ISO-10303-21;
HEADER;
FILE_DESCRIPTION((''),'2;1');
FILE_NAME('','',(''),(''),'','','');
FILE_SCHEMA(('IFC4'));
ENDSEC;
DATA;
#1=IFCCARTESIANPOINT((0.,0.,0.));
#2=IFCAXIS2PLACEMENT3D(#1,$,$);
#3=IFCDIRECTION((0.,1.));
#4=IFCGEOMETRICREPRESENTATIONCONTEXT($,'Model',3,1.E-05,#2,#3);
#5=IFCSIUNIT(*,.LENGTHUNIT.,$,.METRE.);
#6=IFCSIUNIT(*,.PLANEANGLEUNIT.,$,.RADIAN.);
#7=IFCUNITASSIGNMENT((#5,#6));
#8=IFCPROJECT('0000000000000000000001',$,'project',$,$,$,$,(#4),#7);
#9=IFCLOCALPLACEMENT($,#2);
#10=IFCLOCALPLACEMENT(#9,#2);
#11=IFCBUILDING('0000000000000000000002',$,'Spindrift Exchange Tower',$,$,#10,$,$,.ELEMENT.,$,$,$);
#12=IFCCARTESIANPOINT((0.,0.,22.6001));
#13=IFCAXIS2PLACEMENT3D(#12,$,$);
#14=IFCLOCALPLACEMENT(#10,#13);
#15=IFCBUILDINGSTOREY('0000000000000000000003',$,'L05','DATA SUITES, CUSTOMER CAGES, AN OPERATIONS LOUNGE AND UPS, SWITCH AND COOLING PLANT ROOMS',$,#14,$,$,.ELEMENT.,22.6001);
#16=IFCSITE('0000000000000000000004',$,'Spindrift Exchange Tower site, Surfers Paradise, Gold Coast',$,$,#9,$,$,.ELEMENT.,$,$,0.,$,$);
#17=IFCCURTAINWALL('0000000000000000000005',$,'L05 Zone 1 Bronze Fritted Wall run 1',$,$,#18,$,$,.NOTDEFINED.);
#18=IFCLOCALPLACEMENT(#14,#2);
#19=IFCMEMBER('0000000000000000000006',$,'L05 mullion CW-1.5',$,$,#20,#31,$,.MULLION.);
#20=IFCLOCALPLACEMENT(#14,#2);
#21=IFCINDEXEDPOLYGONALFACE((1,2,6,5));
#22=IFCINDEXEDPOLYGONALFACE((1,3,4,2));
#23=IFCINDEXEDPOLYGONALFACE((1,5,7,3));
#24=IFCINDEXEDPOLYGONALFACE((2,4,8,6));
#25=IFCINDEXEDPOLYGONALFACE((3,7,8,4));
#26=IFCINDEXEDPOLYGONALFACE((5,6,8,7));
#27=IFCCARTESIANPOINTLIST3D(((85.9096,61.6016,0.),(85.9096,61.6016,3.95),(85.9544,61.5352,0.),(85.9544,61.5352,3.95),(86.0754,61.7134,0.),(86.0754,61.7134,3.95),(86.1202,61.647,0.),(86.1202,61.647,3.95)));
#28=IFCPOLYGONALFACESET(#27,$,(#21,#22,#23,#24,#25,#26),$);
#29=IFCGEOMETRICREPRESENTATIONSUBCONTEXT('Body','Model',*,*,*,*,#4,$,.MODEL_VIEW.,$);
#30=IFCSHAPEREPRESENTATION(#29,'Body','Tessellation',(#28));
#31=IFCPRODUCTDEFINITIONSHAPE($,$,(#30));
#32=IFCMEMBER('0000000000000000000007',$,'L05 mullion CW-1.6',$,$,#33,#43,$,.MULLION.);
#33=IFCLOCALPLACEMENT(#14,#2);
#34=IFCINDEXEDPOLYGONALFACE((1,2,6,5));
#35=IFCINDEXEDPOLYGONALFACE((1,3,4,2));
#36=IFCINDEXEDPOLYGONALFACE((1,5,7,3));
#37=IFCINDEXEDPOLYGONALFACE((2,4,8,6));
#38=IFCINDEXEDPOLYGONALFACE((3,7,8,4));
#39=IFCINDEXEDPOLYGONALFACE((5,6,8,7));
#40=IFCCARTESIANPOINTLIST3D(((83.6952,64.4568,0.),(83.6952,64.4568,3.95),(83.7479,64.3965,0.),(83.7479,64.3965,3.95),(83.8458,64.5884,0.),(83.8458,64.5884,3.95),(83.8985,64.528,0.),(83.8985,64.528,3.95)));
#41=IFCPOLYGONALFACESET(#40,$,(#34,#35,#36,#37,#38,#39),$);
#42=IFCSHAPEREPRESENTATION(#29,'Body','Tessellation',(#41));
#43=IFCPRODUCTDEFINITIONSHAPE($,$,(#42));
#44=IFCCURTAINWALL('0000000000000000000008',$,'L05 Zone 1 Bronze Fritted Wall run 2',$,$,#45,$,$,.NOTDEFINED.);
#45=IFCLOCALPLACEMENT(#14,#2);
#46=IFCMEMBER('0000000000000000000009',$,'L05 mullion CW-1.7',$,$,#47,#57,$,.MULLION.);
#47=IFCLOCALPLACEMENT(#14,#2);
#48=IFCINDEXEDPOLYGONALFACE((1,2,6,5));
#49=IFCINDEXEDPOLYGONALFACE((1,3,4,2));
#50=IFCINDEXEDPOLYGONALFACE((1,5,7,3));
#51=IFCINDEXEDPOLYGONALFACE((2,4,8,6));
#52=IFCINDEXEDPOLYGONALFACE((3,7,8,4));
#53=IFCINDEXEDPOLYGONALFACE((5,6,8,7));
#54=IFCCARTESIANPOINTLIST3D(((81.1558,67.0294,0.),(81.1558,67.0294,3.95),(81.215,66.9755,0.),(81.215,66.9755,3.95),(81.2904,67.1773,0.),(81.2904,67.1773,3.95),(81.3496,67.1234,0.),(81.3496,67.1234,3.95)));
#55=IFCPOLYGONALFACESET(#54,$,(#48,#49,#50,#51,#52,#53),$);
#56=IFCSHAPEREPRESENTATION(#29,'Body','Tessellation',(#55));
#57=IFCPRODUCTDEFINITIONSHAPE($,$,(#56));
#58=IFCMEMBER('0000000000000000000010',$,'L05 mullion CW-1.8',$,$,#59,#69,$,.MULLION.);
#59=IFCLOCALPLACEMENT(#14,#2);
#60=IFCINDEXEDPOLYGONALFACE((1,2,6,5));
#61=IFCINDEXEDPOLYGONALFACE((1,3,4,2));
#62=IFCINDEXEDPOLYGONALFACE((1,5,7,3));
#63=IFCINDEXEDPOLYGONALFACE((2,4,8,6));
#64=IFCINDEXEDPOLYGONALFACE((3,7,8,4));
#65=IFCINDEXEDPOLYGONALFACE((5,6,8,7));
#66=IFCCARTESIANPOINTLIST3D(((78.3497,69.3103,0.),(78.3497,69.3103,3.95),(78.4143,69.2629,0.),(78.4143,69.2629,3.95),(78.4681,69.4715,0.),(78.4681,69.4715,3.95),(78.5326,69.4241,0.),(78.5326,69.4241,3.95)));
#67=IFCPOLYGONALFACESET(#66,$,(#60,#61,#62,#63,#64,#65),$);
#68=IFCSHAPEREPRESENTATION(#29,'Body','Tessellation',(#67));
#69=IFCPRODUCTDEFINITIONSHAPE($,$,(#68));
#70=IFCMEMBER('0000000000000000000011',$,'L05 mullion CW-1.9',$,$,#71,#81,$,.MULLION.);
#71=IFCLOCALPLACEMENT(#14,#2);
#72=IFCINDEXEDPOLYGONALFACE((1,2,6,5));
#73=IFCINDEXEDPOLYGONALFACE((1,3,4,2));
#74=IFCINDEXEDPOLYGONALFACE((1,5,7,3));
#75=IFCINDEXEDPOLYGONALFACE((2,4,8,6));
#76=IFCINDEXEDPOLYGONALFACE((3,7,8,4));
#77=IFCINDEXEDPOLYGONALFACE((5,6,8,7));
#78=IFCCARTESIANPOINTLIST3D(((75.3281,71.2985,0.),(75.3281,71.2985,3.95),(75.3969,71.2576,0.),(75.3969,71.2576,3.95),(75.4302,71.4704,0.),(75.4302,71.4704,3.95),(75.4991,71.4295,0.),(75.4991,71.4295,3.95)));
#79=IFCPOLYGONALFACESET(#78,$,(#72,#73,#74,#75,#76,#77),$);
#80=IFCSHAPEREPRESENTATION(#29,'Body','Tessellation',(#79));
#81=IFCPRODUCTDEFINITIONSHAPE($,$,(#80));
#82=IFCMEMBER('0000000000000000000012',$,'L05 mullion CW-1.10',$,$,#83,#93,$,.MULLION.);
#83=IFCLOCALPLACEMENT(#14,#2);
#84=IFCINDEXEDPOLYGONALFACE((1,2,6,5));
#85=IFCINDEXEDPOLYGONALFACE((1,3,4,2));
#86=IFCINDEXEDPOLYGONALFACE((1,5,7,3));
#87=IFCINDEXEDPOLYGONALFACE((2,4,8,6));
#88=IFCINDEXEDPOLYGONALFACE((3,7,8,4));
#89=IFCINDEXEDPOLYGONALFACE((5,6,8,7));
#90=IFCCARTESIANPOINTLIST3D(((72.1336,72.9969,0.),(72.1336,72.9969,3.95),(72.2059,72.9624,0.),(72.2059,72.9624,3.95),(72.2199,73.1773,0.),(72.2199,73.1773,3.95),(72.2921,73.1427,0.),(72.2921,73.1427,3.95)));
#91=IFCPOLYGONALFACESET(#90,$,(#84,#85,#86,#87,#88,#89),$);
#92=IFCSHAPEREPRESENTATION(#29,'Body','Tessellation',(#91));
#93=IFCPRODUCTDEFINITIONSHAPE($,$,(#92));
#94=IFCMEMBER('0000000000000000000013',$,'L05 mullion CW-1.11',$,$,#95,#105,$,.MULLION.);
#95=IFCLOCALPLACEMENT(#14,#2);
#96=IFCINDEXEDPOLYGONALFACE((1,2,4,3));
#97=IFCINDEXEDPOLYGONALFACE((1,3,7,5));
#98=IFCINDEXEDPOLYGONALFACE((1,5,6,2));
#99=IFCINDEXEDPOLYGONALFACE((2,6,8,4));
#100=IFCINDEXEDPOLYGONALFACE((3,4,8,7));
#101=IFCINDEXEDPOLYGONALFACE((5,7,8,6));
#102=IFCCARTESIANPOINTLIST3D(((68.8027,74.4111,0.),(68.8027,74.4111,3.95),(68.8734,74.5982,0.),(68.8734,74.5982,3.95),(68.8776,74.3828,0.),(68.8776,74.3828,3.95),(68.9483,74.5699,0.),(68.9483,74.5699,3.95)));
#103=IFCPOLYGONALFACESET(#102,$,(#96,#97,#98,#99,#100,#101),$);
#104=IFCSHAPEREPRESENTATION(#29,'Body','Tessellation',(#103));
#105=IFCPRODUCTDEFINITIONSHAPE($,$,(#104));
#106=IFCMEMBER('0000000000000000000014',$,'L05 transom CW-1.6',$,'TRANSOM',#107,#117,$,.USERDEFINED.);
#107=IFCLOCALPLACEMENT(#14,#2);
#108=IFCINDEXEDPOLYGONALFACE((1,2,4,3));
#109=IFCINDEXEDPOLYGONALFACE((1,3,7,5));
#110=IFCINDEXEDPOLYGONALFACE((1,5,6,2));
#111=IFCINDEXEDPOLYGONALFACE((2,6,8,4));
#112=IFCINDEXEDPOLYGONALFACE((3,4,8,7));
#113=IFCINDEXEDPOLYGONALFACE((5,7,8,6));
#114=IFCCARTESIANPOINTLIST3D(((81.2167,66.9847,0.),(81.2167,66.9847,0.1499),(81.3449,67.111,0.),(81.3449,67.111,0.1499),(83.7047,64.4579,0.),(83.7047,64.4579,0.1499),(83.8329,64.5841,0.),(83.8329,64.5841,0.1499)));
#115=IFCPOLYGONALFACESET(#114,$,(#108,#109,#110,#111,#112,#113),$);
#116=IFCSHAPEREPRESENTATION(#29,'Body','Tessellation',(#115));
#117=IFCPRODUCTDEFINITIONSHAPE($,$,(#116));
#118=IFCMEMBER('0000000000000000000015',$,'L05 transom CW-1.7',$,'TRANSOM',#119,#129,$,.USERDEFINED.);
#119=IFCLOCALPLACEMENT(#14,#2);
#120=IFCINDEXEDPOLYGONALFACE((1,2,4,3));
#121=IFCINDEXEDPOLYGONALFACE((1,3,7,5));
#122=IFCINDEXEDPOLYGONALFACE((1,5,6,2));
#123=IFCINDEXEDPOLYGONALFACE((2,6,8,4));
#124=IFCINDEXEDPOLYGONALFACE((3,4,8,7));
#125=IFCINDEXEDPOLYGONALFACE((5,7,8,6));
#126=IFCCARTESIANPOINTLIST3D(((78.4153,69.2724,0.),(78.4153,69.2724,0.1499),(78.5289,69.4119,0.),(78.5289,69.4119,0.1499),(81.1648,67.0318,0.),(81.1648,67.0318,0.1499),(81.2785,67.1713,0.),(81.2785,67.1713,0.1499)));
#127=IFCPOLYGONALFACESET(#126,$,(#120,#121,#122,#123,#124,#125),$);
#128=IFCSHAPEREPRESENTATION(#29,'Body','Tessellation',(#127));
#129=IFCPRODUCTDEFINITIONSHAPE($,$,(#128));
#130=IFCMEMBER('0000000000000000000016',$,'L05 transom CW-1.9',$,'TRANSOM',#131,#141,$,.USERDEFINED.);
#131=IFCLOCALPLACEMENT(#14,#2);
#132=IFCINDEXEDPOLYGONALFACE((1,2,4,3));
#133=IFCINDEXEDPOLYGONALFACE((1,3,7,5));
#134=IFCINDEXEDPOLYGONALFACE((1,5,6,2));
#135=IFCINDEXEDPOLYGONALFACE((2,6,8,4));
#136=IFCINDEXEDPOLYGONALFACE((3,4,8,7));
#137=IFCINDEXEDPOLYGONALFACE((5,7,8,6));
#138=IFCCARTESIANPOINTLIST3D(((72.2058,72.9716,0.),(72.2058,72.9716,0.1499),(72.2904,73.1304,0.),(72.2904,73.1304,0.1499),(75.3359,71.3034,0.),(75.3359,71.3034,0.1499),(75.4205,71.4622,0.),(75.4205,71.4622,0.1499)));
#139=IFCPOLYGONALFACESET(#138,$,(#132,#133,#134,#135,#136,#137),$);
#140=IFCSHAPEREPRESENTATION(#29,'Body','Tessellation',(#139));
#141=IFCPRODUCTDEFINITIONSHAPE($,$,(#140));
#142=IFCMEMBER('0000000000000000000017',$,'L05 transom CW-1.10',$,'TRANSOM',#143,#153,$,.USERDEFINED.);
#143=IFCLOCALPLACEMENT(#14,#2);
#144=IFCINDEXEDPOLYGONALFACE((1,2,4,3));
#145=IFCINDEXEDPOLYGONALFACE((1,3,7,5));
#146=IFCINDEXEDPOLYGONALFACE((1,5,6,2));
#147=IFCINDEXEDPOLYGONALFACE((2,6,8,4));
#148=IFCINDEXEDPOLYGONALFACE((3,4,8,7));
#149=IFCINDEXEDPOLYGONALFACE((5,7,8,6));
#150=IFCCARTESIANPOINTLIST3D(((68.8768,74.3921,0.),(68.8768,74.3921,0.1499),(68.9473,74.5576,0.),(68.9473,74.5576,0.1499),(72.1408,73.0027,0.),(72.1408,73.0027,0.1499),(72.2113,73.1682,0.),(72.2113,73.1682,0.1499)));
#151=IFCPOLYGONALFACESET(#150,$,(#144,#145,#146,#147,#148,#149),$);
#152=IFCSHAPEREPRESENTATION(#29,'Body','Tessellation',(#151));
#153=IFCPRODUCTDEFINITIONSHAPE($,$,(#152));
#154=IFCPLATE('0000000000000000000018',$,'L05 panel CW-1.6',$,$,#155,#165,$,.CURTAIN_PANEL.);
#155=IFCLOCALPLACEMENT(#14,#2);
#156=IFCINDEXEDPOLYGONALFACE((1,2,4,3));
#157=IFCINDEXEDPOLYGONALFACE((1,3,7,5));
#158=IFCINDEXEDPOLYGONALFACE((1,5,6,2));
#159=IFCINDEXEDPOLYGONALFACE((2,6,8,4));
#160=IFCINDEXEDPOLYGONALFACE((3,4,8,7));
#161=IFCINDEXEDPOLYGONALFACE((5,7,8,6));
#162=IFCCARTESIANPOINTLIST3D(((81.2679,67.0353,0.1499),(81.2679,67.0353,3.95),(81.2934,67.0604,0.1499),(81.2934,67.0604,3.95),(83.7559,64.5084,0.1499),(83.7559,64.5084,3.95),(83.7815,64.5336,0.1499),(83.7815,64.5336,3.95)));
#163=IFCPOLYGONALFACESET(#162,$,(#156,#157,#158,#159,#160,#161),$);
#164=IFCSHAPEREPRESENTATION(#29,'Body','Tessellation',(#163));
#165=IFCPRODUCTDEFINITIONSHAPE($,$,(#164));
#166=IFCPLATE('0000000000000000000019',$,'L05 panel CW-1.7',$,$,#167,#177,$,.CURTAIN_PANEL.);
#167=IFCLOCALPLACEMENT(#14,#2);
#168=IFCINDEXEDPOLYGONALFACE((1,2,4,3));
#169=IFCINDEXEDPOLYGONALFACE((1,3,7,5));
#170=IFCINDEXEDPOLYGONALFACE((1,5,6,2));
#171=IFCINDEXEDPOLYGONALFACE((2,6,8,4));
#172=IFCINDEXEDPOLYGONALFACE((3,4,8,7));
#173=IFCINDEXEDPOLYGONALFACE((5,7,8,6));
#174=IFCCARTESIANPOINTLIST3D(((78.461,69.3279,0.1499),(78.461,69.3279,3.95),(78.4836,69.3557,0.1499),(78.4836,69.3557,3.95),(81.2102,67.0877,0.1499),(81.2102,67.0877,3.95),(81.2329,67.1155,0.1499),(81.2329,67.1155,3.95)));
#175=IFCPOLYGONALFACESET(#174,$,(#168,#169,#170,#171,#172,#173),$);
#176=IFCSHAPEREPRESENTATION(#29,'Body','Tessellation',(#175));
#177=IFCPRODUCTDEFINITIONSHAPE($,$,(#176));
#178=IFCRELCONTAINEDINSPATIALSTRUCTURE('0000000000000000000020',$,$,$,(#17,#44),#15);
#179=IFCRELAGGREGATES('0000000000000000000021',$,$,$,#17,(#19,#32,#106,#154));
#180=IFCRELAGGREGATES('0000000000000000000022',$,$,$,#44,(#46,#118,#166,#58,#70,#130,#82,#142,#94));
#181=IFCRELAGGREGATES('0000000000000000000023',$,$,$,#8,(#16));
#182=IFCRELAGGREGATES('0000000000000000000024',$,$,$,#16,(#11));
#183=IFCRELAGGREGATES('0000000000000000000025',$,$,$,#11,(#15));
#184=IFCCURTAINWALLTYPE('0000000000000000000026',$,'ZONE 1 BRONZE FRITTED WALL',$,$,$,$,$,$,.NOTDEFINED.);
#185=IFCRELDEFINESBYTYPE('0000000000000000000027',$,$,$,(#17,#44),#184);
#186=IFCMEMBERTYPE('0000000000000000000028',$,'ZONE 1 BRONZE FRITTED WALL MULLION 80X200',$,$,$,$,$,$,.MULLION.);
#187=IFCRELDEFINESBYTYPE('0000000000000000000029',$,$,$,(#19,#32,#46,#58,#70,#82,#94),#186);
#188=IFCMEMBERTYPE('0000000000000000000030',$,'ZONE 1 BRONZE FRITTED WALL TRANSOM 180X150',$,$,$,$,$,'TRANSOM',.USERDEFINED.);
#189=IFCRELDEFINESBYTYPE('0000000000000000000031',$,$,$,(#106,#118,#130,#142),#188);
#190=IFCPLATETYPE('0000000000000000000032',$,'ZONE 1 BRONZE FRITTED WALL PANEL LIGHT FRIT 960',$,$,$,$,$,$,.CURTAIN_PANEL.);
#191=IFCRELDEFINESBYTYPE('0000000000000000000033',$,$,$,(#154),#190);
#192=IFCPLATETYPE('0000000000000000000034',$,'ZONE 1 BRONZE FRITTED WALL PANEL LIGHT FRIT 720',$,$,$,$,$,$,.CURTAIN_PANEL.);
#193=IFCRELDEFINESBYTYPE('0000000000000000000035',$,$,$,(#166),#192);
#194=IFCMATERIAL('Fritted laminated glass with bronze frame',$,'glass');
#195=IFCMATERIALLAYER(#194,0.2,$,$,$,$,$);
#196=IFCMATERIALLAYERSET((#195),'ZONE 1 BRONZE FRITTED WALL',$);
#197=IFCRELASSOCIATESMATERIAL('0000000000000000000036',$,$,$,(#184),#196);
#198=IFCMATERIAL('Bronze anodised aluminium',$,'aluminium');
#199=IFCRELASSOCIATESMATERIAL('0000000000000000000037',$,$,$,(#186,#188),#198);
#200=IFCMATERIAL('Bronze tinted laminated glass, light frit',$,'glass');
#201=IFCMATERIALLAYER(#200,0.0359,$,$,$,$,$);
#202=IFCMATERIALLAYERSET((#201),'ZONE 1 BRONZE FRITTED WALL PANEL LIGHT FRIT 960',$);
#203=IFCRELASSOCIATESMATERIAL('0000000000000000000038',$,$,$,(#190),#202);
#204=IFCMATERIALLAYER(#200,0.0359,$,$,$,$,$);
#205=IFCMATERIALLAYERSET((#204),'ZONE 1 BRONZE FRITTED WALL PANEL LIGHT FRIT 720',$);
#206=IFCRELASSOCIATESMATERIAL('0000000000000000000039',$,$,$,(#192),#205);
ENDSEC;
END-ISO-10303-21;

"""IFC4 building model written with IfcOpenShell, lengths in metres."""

from ifc_helpers import new_model, si_unit, direction, frame, origin, origin_2d, place, context, subcontext, project, spatial, rectangle, extrude, source, transform, mapped, material, layer, layer_set, material_profile, profile_set, type_object, element, aggregate, save


model = new_model("IFC4")

# Units and contexts
model_context = context("Model", 3, precision=1e-05, world=origin(), true_north=direction((0.0, 1.0)))
body_context = subcontext(model_context, "Body", "Model", "MODEL_VIEW")
ifc_project = project(units=[si_unit("LENGTHUNIT", "METRE"), si_unit("PLANEANGLEUNIT", "RADIAN")], contexts=[model_context])

# Site, building, storey
site_placement = place(None, origin())
site = spatial("IfcSite", under=ifc_project, at=site_placement, Name="Spindrift Exchange Tower site, Surfers Paradise, Gold Coast", CompositionType="ELEMENT", RefElevation=0.0)
building_placement = place(site_placement, origin())
building = spatial("IfcBuilding", under=site, at=building_placement, Name="Spindrift Exchange Tower", CompositionType="ELEMENT")
storey_placement = place(building_placement, frame((0.0, 0.0, 22.6001)))
storey = spatial("IfcBuildingStorey", under=building, at=storey_placement, Name="L05", Description="DATA SUITES, CUSTOMER CAGES, AN OPERATIONS LOUNGE AND UPS, SWITCH AND COOLING PLANT ROOMS", CompositionType="ELEMENT", Elevation=22.6001)

# Curtain walls, members
ifc_material_1 = material(Name="Fritted laminated glass with bronze frame", Category="glass")
ifc_layer_1 = layer(ifc_material_1, 0.2)
ifc_layer_set_1 = layer_set([ifc_layer_1], Name="ZONE 1 BRONZE FRITTED WALL")
curtain_wall_type = type_object("IfcCurtainWallType", Name="ZONE 1 BRONZE FRITTED WALL", PredefinedType="NOTDEFINED", material=ifc_layer_set_1)
curtain_wall_1_placement = place(storey_placement, origin())
curtain_wall_1 = element("IfcCurtainWall", 1, at=curtain_wall_1_placement, inside=storey, type_object=curtain_wall_type, Name="L05 Zone 1 Bronze Fritted Wall run 1", PredefinedType="NOTDEFINED")
ifc_material_2 = material(Name="Bronze anodised aluminium", Category="aluminium")
ifc_material_profile_1 = material_profile(ifc_material_2, rectangle(XDim=0.0801, YDim=0.2, at=origin_2d()), Name="ZONE 1 BRONZE FRITTED WALL MULLION 80X200")
ifc_profile_set_1 = profile_set([ifc_material_profile_1], Name="Bronze anodised aluminium")
member_type_1 = type_object("IfcMemberType", Name="ZONE 1 BRONZE FRITTED WALL MULLION 80X200", PredefinedType="MULLION", material=ifc_profile_set_1)
shared_shape_1 = source(origin(), body_context, "Body", "SweptSolid", [
    extrude(rectangle(XDim=0.0801, YDim=0.2, at=origin_2d()), origin(), (0.0, 0.0, 1.0), 3.95),
])
member_1_placement = place(storey_placement, frame((86.0149, 61.6243, 0.0), z_axis=(0.0, 0.0, 1.0), x_axis=(-0.559039, 0.829141, 0.0)))
member_1 = element("IfcMember", 2, at=member_1_placement, type_object=member_type_1, Name="L05 mullion CW-1.5", PredefinedType="MULLION", context=body_context, shape_type="MappedRepresentation", body=[
    mapped(shared_shape_1, transform((0.0, 0.0, 0.0), scale=1.0)),
])
member_2_placement = place(storey_placement, frame((83.7969, 64.4924, 0.0), z_axis=(0.0, 0.0, 1.0), x_axis=(-0.657862, 0.753139, 0.0)))
member_2 = element("IfcMember", 3, at=member_2_placement, type_object=member_type_1, Name="L05 mullion CW-1.6", PredefinedType="MULLION", context=body_context, shape_type="MappedRepresentation", body=[
    mapped(shared_shape_1, transform((0.0, 0.0, 0.0), scale=1.0)),
])
curtain_wall_2_placement = place(storey_placement, origin())
curtain_wall_2 = element("IfcCurtainWall", 4, at=curtain_wall_2_placement, inside=storey, type_object=curtain_wall_type, Name="L05 Zone 1 Bronze Fritted Wall run 2", PredefinedType="NOTDEFINED")
member_3_placement = place(storey_placement, frame((81.2527, 67.0764, 0.0), z_axis=(0.0, 0.0, 1.0), x_axis=(-0.739528, 0.673126, 0.0)))
member_3 = element("IfcMember", 5, at=member_3_placement, type_object=member_type_1, Name="L05 mullion CW-1.7", PredefinedType="MULLION", context=body_context, shape_type="MappedRepresentation", body=[
    mapped(shared_shape_1, transform((0.0, 0.0, 0.0), scale=1.0)),
])
member_4_placement = place(storey_placement, frame((78.4412, 69.3672, 0.0), z_axis=(0.0, 0.0, 1.0), x_axis=(-0.806035, 0.591868, 0.0)))
member_4 = element("IfcMember", 6, at=member_4_placement, type_object=member_type_1, Name="L05 mullion CW-1.8", PredefinedType="MULLION", context=body_context, shape_type="MappedRepresentation", body=[
    mapped(shared_shape_1, transform((0.0, 0.0, 0.0), scale=1.0)),
])
member_5_placement = place(storey_placement, frame((75.4136, 71.364, 0.0), z_axis=(0.0, 0.0, 1.0), x_axis=(-0.859577, 0.511007, 0.0)))
member_5 = element("IfcMember", 7, at=member_5_placement, type_object=member_type_1, Name="L05 mullion CW-1.9", PredefinedType="MULLION", context=body_context, shape_type="MappedRepresentation", body=[
    mapped(shared_shape_1, transform((0.0, 0.0, 0.0), scale=1.0)),
])
member_6_placement = place(storey_placement, frame((72.2129, 73.0698, 0.0), z_axis=(0.0, 0.0, 1.0), x_axis=(-0.902161, 0.431399, 0.0)))
member_6 = element("IfcMember", 8, at=member_6_placement, type_object=member_type_1, Name="L05 mullion CW-1.10", PredefinedType="MULLION", context=body_context, shape_type="MappedRepresentation", body=[
    mapped(shared_shape_1, transform((0.0, 0.0, 0.0), scale=1.0)),
])
member_7_placement = place(storey_placement, frame((68.8755, 74.4905, 0.0), z_axis=(0.0, 0.0, 1.0), x_axis=(-0.935479, 0.353382, 0.0)))
member_7 = element("IfcMember", 9, at=member_7_placement, type_object=member_type_1, Name="L05 mullion CW-1.11", PredefinedType="MULLION", context=body_context, shape_type="MappedRepresentation", body=[
    mapped(shared_shape_1, transform((0.0, 0.0, 0.0), scale=1.0)),
])

# Members
ifc_material_profile_2 = material_profile(ifc_material_2, rectangle(XDim=0.1799, YDim=0.1499, at=origin_2d()), Name="ZONE 1 BRONZE FRITTED WALL TRANSOM 180X150")
ifc_profile_set_2 = profile_set([ifc_material_profile_2], Name="Bronze anodised aluminium")
member_type_2 = type_object("IfcMemberType", Name="ZONE 1 BRONZE FRITTED WALL TRANSOM 180X150", ElementType="TRANSOM", PredefinedType="USERDEFINED", material=ifc_profile_set_2)
shared_shape_2 = source(origin(), body_context, "Body", "SweptSolid", [
    extrude(rectangle(XDim=0.1799, YDim=0.1499, at=origin_2d()), origin(), (0.0, 0.0, 1.0), 3.5461),
])
member_8_placement = place(storey_placement, frame((83.7688, 64.521, 0.075), z_axis=(-0.701612, 0.712559, 0.0), x_axis=(-0.712559, -0.701612, 0.0)))
member_8 = element("IfcMember", 10, at=member_8_placement, type_object=member_type_2, Name="L05 transom CW-1.6", ObjectType="TRANSOM", PredefinedType="USERDEFINED", context=body_context, shape_type="MappedRepresentation", body=[
    mapped(shared_shape_2, transform((0.0, 0.0, 0.0), scale=1.0)),
])
shared_shape_3 = source(origin(), body_context, "Body", "SweptSolid", [
    extrude(rectangle(XDim=0.1799, YDim=0.1499, at=origin_2d()), origin(), (0.0, 0.0, 1.0), 3.5469),
])
member_9_placement = place(storey_placement, frame((81.2217, 67.1016, 0.075), z_axis=(-0.775216, 0.631696, 0.0), x_axis=(-0.631696, -0.775216, 0.0)))
member_9 = element("IfcMember", 11, at=member_9_placement, type_object=member_type_2, Name="L05 transom CW-1.7", ObjectType="TRANSOM", PredefinedType="USERDEFINED", context=body_context, shape_type="MappedRepresentation", body=[
    mapped(shared_shape_3, transform((0.0, 0.0, 0.0), scale=1.0)),
])
member_10_placement = place(storey_placement, frame((75.3782, 71.3828, 0.075), z_axis=(-0.882492, 0.470327, 0.0), x_axis=(-0.470327, -0.882492, 0.0)))
member_10 = element("IfcMember", 12, at=member_10_placement, type_object=member_type_2, Name="L05 transom CW-1.9", ObjectType="TRANSOM", PredefinedType="USERDEFINED", context=body_context, shape_type="MappedRepresentation", body=[
    mapped(shared_shape_3, transform((0.0, 0.0, 0.0), scale=1.0)),
])
shared_shape_4 = source(origin(), body_context, "Body", "SweptSolid", [
    extrude(rectangle(XDim=0.1799, YDim=0.1499, at=origin_2d()), origin(), (0.0, 0.0, 1.0), 3.5474),
])
member_11_placement = place(storey_placement, frame((72.176, 73.0854, 0.075), z_axis=(-0.920103, 0.391675, 0.0), x_axis=(-0.391675, -0.920103, 0.0)))
member_11 = element("IfcMember", 13, at=member_11_placement, type_object=member_type_2, Name="L05 transom CW-1.10", ObjectType="TRANSOM", PredefinedType="USERDEFINED", context=body_context, shape_type="MappedRepresentation", body=[
    mapped(shared_shape_4, transform((0.0, 0.0, 0.0), scale=1.0)),
])

# Plates
ifc_material_3 = material(Name="Bronze tinted laminated glass, light frit", Category="glass")
ifc_layer_2 = layer(ifc_material_3, 0.0359)
ifc_layer_set_2 = layer_set([ifc_layer_2], Name="ZONE 1 BRONZE FRITTED WALL PANEL LIGHT FRIT 960")
plate_type_1 = type_object("IfcPlateType", Name="ZONE 1 BRONZE FRITTED WALL PANEL LIGHT FRIT 960", PredefinedType="CURTAIN_PANEL", material=ifc_layer_set_2)
shared_shape_5 = source(origin(), body_context, "Body", "SweptSolid", [
    extrude(rectangle(XDim=3.5461, YDim=0.0359, at=origin_2d()), origin(), (0.0, 0.0, 1.0), 3.8),
])
plate_1_placement = place(storey_placement, frame((82.5247, 65.7844, 0.1499), z_axis=(0.0, 0.0, 1.0), x_axis=(-0.701611, 0.71256, 0.0)))
plate_1 = element("IfcPlate", 14, at=plate_1_placement, type_object=plate_type_1, Name="L05 panel CW-1.6", PredefinedType="CURTAIN_PANEL", context=body_context, shape_type="MappedRepresentation", body=[
    mapped(shared_shape_5, transform((0.0, 0.0, 0.0), scale=1.0)),
])
aggregate(curtain_wall_1, [member_1, member_2, member_8, plate_1])
ifc_layer_3 = layer(ifc_material_3, 0.0359)
ifc_layer_set_3 = layer_set([ifc_layer_3], Name="ZONE 1 BRONZE FRITTED WALL PANEL LIGHT FRIT 720")
plate_type_2 = type_object("IfcPlateType", Name="ZONE 1 BRONZE FRITTED WALL PANEL LIGHT FRIT 720", PredefinedType="CURTAIN_PANEL", material=ifc_layer_set_3)
shared_shape_6 = source(origin(), body_context, "Body", "SweptSolid", [
    extrude(rectangle(XDim=3.5464, YDim=0.0359, at=origin_2d()), origin(), (0.0, 0.0, 1.0), 3.8),
])
plate_2_placement = place(storey_placement, frame((79.8469, 68.2217, 0.1499), z_axis=(0.0, 0.0, 1.0), x_axis=(-0.775231, 0.631678, 0.0)))
plate_2 = element("IfcPlate", 15, at=plate_2_placement, type_object=plate_type_2, Name="L05 panel CW-1.7", PredefinedType="CURTAIN_PANEL", context=body_context, shape_type="MappedRepresentation", body=[
    mapped(shared_shape_6, transform((0.0, 0.0, 0.0), scale=1.0)),
])
aggregate(curtain_wall_2, [member_3, member_9, plate_2, member_4, member_5, member_10, member_6, member_11, member_7])

save(model, "model.ifc")
